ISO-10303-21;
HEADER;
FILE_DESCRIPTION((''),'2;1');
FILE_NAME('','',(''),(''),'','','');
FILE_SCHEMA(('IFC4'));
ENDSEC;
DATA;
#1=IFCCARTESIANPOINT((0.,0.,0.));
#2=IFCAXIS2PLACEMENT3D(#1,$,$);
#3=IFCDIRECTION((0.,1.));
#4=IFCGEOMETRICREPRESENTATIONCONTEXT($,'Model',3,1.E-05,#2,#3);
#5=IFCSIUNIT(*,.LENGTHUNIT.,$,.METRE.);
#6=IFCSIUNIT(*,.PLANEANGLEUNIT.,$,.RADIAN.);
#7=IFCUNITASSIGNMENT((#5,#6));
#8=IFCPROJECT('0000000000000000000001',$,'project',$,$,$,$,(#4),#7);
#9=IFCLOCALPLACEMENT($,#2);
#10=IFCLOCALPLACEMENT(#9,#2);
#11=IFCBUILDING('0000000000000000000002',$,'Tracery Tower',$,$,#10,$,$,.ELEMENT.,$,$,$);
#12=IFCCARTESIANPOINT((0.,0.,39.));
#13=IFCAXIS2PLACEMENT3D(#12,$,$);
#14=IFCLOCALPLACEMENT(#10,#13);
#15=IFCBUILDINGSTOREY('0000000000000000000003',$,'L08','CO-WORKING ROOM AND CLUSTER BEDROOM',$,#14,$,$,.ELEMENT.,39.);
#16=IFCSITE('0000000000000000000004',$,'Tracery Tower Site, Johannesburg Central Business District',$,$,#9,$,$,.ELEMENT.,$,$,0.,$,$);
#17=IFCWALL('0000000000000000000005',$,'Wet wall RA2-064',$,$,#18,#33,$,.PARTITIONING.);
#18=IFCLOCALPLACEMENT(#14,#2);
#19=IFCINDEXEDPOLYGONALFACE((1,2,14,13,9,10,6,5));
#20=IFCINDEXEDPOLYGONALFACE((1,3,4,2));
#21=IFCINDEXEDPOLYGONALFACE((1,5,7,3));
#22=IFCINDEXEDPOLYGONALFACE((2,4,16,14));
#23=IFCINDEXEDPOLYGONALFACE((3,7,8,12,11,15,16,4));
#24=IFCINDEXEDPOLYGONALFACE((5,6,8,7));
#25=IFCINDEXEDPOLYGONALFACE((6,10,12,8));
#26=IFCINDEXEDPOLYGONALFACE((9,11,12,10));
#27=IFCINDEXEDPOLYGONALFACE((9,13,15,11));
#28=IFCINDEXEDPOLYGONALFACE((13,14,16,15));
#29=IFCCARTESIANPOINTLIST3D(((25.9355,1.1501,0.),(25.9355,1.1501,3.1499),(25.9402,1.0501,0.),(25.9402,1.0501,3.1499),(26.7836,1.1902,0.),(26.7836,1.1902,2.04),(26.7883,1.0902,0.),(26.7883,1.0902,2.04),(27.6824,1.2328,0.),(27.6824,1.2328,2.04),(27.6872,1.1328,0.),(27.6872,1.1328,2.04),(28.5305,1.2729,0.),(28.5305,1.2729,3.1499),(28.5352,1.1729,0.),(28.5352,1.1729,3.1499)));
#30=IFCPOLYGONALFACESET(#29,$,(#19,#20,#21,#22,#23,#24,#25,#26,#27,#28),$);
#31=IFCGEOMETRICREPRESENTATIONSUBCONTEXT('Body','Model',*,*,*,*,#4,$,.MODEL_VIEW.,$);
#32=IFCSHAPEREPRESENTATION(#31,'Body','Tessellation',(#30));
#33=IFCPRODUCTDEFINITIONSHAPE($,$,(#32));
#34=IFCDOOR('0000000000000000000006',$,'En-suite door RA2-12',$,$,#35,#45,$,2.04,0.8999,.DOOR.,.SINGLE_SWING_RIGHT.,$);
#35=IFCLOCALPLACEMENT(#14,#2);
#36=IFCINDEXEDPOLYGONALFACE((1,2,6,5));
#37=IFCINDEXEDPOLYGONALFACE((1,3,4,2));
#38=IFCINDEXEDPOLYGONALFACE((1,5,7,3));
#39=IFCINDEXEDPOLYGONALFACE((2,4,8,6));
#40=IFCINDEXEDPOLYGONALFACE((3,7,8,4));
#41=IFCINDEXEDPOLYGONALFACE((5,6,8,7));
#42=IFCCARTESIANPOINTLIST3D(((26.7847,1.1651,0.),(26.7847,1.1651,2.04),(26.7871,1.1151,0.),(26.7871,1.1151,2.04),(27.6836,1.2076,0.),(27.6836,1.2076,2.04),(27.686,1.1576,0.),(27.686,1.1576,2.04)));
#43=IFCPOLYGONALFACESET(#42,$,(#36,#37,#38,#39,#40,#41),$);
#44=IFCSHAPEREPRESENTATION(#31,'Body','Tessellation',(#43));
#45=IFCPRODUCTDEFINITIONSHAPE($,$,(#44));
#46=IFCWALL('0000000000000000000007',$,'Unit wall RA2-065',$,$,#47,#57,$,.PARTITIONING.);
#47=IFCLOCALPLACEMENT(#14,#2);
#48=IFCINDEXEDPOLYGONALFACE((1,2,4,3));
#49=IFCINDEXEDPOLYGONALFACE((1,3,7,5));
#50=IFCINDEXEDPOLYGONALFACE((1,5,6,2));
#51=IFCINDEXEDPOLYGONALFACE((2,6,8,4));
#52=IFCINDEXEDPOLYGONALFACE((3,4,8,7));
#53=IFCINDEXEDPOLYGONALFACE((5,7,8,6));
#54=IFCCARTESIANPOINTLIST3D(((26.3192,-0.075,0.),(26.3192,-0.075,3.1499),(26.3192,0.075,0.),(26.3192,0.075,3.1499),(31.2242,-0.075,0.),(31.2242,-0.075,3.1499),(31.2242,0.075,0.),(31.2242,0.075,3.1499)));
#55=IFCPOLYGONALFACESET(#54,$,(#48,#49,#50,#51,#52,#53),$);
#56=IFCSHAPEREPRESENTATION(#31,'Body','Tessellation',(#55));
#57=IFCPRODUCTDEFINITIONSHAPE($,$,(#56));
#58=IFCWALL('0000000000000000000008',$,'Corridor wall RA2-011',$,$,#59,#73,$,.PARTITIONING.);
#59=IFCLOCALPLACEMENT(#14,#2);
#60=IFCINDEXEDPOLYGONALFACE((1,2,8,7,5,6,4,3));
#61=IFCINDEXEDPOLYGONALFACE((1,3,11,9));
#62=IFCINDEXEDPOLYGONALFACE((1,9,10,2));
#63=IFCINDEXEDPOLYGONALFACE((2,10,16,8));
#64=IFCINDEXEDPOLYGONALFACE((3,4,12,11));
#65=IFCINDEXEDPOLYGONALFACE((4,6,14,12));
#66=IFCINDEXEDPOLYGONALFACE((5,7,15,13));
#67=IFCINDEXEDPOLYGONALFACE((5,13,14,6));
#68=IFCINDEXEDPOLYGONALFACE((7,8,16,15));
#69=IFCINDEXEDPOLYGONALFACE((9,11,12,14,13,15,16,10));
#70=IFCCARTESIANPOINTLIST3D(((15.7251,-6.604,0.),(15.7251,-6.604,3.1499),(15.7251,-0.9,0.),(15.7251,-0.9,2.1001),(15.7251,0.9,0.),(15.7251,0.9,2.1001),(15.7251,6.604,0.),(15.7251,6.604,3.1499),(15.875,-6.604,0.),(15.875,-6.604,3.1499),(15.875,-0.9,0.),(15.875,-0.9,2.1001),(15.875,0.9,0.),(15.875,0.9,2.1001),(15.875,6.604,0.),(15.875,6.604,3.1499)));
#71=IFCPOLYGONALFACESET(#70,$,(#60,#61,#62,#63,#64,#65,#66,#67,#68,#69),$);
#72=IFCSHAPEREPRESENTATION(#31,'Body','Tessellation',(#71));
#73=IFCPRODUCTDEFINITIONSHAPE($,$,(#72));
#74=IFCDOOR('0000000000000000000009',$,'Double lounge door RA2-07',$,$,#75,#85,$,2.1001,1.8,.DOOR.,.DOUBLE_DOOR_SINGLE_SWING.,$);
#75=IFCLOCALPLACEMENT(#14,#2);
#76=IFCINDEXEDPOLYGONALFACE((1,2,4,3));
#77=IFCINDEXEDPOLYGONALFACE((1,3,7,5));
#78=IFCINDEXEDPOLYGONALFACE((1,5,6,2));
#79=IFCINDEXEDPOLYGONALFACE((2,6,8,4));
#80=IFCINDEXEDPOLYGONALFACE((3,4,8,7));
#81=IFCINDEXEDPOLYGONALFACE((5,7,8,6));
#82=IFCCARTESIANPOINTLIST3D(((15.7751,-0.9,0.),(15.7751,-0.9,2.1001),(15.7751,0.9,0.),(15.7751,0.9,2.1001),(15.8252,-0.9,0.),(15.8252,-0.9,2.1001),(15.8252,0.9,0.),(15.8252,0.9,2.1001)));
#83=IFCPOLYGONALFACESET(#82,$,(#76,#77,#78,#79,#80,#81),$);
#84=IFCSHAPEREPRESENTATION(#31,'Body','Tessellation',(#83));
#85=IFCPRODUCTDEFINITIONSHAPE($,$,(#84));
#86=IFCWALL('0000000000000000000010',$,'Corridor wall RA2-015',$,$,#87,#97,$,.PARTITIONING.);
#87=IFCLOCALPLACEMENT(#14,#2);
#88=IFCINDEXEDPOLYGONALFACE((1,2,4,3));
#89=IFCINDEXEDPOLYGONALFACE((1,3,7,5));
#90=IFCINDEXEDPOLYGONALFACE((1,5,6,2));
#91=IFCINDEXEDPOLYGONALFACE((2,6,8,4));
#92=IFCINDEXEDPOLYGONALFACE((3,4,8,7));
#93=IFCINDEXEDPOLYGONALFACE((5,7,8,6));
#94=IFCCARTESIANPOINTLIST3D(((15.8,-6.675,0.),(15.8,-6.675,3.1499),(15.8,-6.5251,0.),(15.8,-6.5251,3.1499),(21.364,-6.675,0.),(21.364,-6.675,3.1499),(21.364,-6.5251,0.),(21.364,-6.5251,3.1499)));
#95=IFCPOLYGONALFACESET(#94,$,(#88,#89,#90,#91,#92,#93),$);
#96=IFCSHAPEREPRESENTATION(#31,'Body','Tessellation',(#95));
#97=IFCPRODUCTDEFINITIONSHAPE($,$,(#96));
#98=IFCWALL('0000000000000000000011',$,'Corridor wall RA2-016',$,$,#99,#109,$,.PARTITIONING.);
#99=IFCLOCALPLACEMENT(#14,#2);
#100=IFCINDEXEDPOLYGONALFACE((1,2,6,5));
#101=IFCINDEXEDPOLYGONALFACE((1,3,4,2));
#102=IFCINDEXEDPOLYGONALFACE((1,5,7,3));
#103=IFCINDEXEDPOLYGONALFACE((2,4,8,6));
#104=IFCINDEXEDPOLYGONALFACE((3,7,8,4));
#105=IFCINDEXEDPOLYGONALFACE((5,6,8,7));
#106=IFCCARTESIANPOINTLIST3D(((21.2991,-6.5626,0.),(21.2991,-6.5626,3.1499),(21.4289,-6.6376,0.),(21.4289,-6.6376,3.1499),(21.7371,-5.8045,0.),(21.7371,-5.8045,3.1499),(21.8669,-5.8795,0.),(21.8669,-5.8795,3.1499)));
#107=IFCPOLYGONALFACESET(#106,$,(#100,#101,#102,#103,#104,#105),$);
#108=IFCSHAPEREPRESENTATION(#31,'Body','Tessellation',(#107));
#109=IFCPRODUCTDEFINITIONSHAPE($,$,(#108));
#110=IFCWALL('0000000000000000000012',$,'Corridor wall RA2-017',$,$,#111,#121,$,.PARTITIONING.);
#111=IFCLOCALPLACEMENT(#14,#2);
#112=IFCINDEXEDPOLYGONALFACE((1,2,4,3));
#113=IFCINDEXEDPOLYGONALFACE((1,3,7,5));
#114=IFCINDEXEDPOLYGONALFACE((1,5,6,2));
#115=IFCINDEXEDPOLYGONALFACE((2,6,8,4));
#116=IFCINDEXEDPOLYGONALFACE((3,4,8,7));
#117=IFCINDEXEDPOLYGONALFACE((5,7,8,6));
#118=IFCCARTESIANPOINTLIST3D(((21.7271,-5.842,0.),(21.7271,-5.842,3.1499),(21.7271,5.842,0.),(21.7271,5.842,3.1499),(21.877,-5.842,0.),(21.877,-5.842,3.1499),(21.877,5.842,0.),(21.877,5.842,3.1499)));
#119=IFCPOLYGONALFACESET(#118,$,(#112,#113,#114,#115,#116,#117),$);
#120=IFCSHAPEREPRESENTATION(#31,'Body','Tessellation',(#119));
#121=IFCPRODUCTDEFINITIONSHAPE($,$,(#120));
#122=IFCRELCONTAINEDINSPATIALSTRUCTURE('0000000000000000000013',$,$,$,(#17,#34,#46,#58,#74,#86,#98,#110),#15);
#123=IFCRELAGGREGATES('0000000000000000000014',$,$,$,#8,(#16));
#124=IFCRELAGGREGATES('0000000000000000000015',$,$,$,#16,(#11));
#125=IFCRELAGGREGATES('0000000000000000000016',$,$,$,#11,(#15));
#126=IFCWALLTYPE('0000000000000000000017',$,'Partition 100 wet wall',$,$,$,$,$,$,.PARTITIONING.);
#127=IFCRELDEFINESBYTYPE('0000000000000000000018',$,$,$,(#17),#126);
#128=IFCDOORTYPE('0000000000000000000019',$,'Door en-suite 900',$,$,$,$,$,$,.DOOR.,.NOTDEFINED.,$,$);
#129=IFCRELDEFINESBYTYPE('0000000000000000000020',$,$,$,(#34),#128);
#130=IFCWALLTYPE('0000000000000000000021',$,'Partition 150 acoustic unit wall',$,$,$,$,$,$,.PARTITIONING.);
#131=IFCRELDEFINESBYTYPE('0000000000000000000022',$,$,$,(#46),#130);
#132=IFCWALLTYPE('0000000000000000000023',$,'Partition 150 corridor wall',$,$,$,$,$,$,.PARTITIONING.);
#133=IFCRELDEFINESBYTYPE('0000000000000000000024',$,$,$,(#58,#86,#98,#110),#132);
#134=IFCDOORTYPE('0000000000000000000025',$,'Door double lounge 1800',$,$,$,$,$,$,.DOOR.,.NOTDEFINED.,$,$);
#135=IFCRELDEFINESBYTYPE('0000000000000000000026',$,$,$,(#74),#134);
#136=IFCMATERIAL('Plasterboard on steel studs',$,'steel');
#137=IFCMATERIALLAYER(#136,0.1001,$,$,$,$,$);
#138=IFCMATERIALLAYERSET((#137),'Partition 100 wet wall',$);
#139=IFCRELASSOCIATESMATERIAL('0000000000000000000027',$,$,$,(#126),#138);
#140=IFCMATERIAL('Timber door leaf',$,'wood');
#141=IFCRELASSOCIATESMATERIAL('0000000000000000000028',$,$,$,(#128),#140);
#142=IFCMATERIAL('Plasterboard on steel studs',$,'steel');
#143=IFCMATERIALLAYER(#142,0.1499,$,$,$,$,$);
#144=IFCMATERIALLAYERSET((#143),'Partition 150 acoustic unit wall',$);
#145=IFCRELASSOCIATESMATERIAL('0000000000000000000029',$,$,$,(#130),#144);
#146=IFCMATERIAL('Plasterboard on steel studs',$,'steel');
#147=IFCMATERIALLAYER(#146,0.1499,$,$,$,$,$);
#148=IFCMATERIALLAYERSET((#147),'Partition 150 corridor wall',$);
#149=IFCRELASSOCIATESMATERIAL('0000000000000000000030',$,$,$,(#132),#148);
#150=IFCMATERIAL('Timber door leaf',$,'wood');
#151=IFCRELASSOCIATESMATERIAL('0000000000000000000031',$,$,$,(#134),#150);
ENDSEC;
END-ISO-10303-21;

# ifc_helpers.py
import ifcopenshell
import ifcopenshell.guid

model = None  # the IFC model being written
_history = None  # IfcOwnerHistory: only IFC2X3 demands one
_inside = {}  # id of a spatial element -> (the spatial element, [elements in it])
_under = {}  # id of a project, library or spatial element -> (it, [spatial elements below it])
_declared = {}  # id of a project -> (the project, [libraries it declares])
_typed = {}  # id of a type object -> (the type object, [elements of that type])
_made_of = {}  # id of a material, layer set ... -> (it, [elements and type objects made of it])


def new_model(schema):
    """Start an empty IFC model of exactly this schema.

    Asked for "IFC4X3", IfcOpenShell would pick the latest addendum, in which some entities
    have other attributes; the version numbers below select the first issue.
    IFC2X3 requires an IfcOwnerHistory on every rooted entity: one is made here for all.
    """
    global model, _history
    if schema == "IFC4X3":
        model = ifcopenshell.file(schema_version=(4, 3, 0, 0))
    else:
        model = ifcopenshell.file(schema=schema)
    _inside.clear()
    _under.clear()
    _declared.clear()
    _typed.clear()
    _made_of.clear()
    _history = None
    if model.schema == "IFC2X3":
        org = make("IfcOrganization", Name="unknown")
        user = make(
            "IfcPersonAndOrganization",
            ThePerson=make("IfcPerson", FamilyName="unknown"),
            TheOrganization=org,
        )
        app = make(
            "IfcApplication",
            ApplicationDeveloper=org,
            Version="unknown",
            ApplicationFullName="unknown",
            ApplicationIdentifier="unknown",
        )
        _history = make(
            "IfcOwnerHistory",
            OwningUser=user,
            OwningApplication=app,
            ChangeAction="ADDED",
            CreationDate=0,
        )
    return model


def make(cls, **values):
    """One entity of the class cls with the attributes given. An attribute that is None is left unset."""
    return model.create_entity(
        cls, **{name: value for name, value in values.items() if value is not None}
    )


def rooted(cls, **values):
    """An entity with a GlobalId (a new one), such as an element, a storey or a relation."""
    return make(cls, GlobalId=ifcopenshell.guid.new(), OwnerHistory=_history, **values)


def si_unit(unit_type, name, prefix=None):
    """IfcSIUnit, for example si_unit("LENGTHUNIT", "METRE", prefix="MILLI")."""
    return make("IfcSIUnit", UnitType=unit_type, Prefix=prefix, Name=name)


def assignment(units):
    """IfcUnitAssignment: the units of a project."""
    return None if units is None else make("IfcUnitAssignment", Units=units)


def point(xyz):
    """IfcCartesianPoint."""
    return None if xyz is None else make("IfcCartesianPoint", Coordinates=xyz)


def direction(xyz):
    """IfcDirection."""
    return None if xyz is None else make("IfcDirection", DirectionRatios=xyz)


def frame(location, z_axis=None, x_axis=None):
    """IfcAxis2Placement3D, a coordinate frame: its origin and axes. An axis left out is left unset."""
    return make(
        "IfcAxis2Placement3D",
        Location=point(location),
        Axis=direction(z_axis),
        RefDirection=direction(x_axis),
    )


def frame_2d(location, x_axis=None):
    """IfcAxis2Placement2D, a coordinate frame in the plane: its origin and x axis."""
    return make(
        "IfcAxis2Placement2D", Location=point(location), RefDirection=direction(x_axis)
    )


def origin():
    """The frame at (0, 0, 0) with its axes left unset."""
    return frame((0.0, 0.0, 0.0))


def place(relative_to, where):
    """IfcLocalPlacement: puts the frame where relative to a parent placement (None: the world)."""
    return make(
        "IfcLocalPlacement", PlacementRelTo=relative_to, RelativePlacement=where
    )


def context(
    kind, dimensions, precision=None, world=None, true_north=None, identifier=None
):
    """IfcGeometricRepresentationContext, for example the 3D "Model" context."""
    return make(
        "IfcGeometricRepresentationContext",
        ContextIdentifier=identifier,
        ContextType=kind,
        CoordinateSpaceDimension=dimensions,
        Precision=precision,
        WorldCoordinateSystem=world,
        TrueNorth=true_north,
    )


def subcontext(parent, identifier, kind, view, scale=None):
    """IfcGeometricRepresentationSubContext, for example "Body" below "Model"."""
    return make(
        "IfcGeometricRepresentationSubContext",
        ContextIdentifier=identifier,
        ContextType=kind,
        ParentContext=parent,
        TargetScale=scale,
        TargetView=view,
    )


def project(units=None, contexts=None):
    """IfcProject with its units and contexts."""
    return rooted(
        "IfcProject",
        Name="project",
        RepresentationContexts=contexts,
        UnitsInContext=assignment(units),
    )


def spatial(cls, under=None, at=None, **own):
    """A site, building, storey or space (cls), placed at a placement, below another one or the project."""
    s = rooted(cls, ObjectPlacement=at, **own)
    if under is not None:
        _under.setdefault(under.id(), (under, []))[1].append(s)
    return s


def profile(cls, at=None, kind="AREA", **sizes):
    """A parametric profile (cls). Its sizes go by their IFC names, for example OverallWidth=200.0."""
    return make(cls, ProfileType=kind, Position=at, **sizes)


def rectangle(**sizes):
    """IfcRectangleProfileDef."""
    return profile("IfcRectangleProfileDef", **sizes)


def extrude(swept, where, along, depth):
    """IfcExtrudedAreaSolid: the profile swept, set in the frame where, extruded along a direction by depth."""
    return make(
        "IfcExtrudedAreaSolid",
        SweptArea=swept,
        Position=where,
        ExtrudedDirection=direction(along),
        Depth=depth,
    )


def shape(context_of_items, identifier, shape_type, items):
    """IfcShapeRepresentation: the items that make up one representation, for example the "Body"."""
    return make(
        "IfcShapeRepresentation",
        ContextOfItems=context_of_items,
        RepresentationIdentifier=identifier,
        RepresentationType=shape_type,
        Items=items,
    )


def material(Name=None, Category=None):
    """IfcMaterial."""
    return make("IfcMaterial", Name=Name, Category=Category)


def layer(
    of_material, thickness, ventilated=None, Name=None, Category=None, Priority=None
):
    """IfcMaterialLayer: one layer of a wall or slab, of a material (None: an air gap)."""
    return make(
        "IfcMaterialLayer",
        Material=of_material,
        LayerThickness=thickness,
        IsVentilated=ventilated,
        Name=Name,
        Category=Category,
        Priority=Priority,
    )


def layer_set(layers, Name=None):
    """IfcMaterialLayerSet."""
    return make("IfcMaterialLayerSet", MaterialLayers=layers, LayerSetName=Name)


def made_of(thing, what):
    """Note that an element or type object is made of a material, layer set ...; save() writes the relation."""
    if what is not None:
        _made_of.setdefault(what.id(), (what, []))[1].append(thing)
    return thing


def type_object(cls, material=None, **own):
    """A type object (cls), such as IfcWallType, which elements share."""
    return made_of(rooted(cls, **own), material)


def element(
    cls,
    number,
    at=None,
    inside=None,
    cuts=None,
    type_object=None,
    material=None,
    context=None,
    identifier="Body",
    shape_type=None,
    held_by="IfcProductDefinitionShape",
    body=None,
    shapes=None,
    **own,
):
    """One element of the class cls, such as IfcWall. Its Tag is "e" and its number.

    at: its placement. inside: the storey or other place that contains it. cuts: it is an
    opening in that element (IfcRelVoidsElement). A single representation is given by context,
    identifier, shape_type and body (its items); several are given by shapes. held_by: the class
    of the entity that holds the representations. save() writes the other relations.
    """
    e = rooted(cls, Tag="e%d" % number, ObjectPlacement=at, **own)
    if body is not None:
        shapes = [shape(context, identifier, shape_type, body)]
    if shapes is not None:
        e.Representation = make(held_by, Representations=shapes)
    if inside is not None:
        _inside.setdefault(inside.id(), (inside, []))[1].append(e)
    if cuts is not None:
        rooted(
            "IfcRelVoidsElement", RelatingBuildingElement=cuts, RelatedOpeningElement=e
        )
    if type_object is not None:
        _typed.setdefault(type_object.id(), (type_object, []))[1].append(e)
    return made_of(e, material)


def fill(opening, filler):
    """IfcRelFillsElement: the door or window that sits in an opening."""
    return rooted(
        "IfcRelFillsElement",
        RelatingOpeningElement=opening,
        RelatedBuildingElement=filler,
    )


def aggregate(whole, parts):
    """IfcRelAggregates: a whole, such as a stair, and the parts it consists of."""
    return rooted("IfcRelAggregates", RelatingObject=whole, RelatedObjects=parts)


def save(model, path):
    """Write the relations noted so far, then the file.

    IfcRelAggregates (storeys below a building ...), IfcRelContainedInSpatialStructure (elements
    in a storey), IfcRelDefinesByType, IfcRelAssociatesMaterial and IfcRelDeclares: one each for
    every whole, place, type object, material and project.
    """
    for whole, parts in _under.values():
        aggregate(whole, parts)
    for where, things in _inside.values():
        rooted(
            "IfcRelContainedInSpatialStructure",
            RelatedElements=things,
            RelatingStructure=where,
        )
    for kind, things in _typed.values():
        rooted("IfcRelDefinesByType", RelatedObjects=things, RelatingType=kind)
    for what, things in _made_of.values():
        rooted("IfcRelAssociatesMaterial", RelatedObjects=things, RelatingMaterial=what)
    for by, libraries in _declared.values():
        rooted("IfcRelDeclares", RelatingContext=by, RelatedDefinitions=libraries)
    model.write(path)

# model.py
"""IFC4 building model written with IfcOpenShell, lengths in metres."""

from ifc_helpers import new_model, si_unit, direction, frame, frame_2d, origin, place, context, subcontext, project, spatial, rectangle, extrude, material, layer, layer_set, type_object, element, fill, save


model = new_model("IFC4")

# Units and contexts
model_context = context("Model", 3, precision=1e-05, world=origin(), true_north=direction((0.0, 1.0)))
body_context = subcontext(model_context, "Body", "Model", "MODEL_VIEW")
ifc_project = project(units=[si_unit("LENGTHUNIT", "METRE"), si_unit("PLANEANGLEUNIT", "RADIAN")], contexts=[model_context])

# Site, building, storey
site_placement = place(None, origin())
site = spatial("IfcSite", under=ifc_project, at=site_placement, Name="Tracery Tower Site, Johannesburg Central Business District", CompositionType="ELEMENT", RefElevation=0.0)
building_placement = place(site_placement, origin())
building = spatial("IfcBuilding", under=site, at=building_placement, Name="Tracery Tower", CompositionType="ELEMENT")
storey_placement = place(building_placement, frame((0.0, 0.0, 39.0)))
storey = spatial("IfcBuildingStorey", under=building, at=storey_placement, Name="L08", Description="CO-WORKING ROOM AND CLUSTER BEDROOM", CompositionType="ELEMENT", Elevation=39.0)

# Shared definitions
ifc_material_1 = material(Name="Plasterboard on steel studs", Category="steel")
ifc_layer_1 = layer(ifc_material_1, 0.1001)
ifc_layer_set_1 = layer_set([ifc_layer_1], Name="Partition 100 wet wall")
wall_type_1 = type_object("IfcWallType", Name="Partition 100 wet wall", PredefinedType="PARTITIONING", material=ifc_layer_set_1)

# Wall, opening, door
wall_1_placement = place(storey_placement, frame((25.938, 1.1001, 0.0), z_axis=(0.0, 0.0, 1.0), x_axis=(0.998882, 0.04727, 0.0)))
wall_1 = element("IfcWall", 1, at=wall_1_placement, inside=storey, type_object=wall_type_1, Name="Wet wall RA2-064", PredefinedType="PARTITIONING", context=body_context, shape_type="SweptSolid", body=[
    extrude(rectangle(XDim=2.5979, YDim=0.1001, at=frame_2d((1.2988, 0.0))), origin(), (0.0, 0.0, 1.0), 3.1499),
])
opening_1_placement = place(wall_1_placement, frame((0.8489, 0.0, 0.0)))
opening_1 = element("IfcOpeningElement", 2, at=opening_1_placement, cuts=wall_1, PredefinedType="OPENING", context=body_context, shape_type="SweptSolid", body=[
    extrude(rectangle(XDim=0.8999, YDim=2.04, at=frame_2d((0.45, 1.02))), frame((0.0, 0.05, 0.0), z_axis=(0.0, -1.0, 0.0), x_axis=(1.0, 0.0, 0.0)), (0.0, 0.0, 1.0), 0.1001),
])
ifc_material_2 = material(Name="Timber door leaf", Category="wood")
door_type_1 = type_object("IfcDoorType", Name="Door en-suite 900", OperationType="NOTDEFINED", PredefinedType="DOOR", material=ifc_material_2)
door_1_placement = place(opening_1_placement, origin())
door_1 = element("IfcDoor", 3, at=door_1_placement, inside=storey, type_object=door_type_1, Name="En-suite door RA2-12", OperationType="SINGLE_SWING_RIGHT", OverallHeight=2.04, OverallWidth=0.8999, PredefinedType="DOOR", context=body_context, shape_type="SweptSolid", body=[
    extrude(rectangle(XDim=0.8999, YDim=2.04, at=frame_2d((0.45, 1.02))), frame((0.0, 0.0249, 0.0), z_axis=(0.0, -1.0, 0.0), x_axis=(1.0, 0.0, 0.0)), (0.0, 0.0, 1.0), 0.05),
])
fill(opening_1, door_1)

# Wall
ifc_material_3 = material(Name="Plasterboard on steel studs", Category="steel")
ifc_layer_2 = layer(ifc_material_3, 0.1499)
ifc_layer_set_2 = layer_set([ifc_layer_2], Name="Partition 150 acoustic unit wall")
wall_type_2 = type_object("IfcWallType", Name="Partition 150 acoustic unit wall", PredefinedType="PARTITIONING", material=ifc_layer_set_2)
wall_2_placement = place(storey_placement, frame((26.3191, 0.0, 0.0), z_axis=(0.0, 0.0, 1.0), x_axis=(1.0, 0.0, 0.0)))
element("IfcWall", 4, at=wall_2_placement, inside=storey, type_object=wall_type_2, Name="Unit wall RA2-065", PredefinedType="PARTITIONING", context=body_context, shape_type="SweptSolid", body=[
    extrude(rectangle(XDim=4.905, YDim=0.1499, at=frame_2d((2.4526, 0.0))), origin(), (0.0, 0.0, 1.0), 3.1499),
])

# Wall, opening, door
ifc_material_4 = material(Name="Plasterboard on steel studs", Category="steel")
ifc_layer_3 = layer(ifc_material_4, 0.1499)
ifc_layer_set_3 = layer_set([ifc_layer_3], Name="Partition 150 corridor wall")
wall_type_3 = type_object("IfcWallType", Name="Partition 150 corridor wall", PredefinedType="PARTITIONING", material=ifc_layer_set_3)
wall_3_placement = place(storey_placement, frame((15.8, -6.604, 0.0), z_axis=(0.0, 0.0, 1.0), x_axis=(0.0, 1.0, 0.0)))
wall_3 = element("IfcWall", 5, at=wall_3_placement, inside=storey, type_object=wall_type_3, Name="Corridor wall RA2-011", PredefinedType="PARTITIONING", context=body_context, shape_type="SweptSolid", body=[
    extrude(rectangle(XDim=13.208, YDim=0.1499, at=frame_2d((6.604, 0.0))), origin(), (0.0, 0.0, 1.0), 3.1499),
])
opening_2_placement = place(wall_3_placement, frame((5.7041, 0.0, 0.0)))
opening_2 = element("IfcOpeningElement", 6, at=opening_2_placement, cuts=wall_3, PredefinedType="OPENING", context=body_context, shape_type="SweptSolid", body=[
    extrude(rectangle(XDim=1.8, YDim=2.1001, at=frame_2d((0.8999, 1.05))), frame((0.0, 0.075, 0.0), z_axis=(0.0, -1.0, 0.0), x_axis=(1.0, 0.0, 0.0)), (0.0, 0.0, 1.0), 0.1499),
])
ifc_material_5 = material(Name="Timber door leaf", Category="wood")
door_type_2 = type_object("IfcDoorType", Name="Door double lounge 1800", OperationType="NOTDEFINED", PredefinedType="DOOR", material=ifc_material_5)
door_2_placement = place(opening_2_placement, origin())
door_2 = element("IfcDoor", 7, at=door_2_placement, inside=storey, type_object=door_type_2, Name="Double lounge door RA2-07", OperationType="DOUBLE_DOOR_SINGLE_SWING", OverallHeight=2.1001, OverallWidth=1.8, PredefinedType="DOOR", context=body_context, shape_type="SweptSolid", body=[
    extrude(rectangle(XDim=1.8, YDim=2.1001, at=frame_2d((0.8999, 1.05))), frame((0.0, 0.0249, 0.0), z_axis=(0.0, -1.0, 0.0), x_axis=(1.0, 0.0, 0.0)), (0.0, 0.0, 1.0), 0.05),
])
fill(opening_2, door_2)

# Walls
wall_4_placement = place(storey_placement, frame((15.8, -6.6001, 0.0), z_axis=(0.0, 0.0, 1.0), x_axis=(1.0, 0.0, 0.0)))
element("IfcWall", 8, at=wall_4_placement, inside=storey, type_object=wall_type_3, Name="Corridor wall RA2-015", PredefinedType="PARTITIONING", context=body_context, shape_type="SweptSolid", body=[
    extrude(rectangle(XDim=5.564, YDim=0.1499, at=frame_2d((2.782, 0.0))), origin(), (0.0, 0.0, 1.0), 3.1499),
])
wall_5_placement = place(storey_placement, frame((21.364, -6.6001, 0.0), z_axis=(0.0, 0.0, 1.0), x_axis=(0.500278, 0.865865, 0.0)))
element("IfcWall", 9, at=wall_5_placement, inside=storey, type_object=wall_type_3, Name="Corridor wall RA2-016", PredefinedType="PARTITIONING", context=body_context, shape_type="SweptSolid", body=[
    extrude(rectangle(XDim=0.8755, YDim=0.1499, at=frame_2d((0.4377, 0.0))), origin(), (0.0, 0.0, 1.0), 3.1499),
])
wall_6_placement = place(storey_placement, frame((21.802, -5.842, 0.0), z_axis=(0.0, 0.0, 1.0), x_axis=(0.0, 1.0, 0.0)))
element("IfcWall", 10, at=wall_6_placement, inside=storey, type_object=wall_type_3, Name="Corridor wall RA2-017", PredefinedType="PARTITIONING", context=body_context, shape_type="SweptSolid", body=[
    extrude(rectangle(XDim=11.6841, YDim=0.1499, at=frame_2d((5.842, 0.0))), origin(), (0.0, 0.0, 1.0), 3.1499),
])

save(model, "model.ifc")
